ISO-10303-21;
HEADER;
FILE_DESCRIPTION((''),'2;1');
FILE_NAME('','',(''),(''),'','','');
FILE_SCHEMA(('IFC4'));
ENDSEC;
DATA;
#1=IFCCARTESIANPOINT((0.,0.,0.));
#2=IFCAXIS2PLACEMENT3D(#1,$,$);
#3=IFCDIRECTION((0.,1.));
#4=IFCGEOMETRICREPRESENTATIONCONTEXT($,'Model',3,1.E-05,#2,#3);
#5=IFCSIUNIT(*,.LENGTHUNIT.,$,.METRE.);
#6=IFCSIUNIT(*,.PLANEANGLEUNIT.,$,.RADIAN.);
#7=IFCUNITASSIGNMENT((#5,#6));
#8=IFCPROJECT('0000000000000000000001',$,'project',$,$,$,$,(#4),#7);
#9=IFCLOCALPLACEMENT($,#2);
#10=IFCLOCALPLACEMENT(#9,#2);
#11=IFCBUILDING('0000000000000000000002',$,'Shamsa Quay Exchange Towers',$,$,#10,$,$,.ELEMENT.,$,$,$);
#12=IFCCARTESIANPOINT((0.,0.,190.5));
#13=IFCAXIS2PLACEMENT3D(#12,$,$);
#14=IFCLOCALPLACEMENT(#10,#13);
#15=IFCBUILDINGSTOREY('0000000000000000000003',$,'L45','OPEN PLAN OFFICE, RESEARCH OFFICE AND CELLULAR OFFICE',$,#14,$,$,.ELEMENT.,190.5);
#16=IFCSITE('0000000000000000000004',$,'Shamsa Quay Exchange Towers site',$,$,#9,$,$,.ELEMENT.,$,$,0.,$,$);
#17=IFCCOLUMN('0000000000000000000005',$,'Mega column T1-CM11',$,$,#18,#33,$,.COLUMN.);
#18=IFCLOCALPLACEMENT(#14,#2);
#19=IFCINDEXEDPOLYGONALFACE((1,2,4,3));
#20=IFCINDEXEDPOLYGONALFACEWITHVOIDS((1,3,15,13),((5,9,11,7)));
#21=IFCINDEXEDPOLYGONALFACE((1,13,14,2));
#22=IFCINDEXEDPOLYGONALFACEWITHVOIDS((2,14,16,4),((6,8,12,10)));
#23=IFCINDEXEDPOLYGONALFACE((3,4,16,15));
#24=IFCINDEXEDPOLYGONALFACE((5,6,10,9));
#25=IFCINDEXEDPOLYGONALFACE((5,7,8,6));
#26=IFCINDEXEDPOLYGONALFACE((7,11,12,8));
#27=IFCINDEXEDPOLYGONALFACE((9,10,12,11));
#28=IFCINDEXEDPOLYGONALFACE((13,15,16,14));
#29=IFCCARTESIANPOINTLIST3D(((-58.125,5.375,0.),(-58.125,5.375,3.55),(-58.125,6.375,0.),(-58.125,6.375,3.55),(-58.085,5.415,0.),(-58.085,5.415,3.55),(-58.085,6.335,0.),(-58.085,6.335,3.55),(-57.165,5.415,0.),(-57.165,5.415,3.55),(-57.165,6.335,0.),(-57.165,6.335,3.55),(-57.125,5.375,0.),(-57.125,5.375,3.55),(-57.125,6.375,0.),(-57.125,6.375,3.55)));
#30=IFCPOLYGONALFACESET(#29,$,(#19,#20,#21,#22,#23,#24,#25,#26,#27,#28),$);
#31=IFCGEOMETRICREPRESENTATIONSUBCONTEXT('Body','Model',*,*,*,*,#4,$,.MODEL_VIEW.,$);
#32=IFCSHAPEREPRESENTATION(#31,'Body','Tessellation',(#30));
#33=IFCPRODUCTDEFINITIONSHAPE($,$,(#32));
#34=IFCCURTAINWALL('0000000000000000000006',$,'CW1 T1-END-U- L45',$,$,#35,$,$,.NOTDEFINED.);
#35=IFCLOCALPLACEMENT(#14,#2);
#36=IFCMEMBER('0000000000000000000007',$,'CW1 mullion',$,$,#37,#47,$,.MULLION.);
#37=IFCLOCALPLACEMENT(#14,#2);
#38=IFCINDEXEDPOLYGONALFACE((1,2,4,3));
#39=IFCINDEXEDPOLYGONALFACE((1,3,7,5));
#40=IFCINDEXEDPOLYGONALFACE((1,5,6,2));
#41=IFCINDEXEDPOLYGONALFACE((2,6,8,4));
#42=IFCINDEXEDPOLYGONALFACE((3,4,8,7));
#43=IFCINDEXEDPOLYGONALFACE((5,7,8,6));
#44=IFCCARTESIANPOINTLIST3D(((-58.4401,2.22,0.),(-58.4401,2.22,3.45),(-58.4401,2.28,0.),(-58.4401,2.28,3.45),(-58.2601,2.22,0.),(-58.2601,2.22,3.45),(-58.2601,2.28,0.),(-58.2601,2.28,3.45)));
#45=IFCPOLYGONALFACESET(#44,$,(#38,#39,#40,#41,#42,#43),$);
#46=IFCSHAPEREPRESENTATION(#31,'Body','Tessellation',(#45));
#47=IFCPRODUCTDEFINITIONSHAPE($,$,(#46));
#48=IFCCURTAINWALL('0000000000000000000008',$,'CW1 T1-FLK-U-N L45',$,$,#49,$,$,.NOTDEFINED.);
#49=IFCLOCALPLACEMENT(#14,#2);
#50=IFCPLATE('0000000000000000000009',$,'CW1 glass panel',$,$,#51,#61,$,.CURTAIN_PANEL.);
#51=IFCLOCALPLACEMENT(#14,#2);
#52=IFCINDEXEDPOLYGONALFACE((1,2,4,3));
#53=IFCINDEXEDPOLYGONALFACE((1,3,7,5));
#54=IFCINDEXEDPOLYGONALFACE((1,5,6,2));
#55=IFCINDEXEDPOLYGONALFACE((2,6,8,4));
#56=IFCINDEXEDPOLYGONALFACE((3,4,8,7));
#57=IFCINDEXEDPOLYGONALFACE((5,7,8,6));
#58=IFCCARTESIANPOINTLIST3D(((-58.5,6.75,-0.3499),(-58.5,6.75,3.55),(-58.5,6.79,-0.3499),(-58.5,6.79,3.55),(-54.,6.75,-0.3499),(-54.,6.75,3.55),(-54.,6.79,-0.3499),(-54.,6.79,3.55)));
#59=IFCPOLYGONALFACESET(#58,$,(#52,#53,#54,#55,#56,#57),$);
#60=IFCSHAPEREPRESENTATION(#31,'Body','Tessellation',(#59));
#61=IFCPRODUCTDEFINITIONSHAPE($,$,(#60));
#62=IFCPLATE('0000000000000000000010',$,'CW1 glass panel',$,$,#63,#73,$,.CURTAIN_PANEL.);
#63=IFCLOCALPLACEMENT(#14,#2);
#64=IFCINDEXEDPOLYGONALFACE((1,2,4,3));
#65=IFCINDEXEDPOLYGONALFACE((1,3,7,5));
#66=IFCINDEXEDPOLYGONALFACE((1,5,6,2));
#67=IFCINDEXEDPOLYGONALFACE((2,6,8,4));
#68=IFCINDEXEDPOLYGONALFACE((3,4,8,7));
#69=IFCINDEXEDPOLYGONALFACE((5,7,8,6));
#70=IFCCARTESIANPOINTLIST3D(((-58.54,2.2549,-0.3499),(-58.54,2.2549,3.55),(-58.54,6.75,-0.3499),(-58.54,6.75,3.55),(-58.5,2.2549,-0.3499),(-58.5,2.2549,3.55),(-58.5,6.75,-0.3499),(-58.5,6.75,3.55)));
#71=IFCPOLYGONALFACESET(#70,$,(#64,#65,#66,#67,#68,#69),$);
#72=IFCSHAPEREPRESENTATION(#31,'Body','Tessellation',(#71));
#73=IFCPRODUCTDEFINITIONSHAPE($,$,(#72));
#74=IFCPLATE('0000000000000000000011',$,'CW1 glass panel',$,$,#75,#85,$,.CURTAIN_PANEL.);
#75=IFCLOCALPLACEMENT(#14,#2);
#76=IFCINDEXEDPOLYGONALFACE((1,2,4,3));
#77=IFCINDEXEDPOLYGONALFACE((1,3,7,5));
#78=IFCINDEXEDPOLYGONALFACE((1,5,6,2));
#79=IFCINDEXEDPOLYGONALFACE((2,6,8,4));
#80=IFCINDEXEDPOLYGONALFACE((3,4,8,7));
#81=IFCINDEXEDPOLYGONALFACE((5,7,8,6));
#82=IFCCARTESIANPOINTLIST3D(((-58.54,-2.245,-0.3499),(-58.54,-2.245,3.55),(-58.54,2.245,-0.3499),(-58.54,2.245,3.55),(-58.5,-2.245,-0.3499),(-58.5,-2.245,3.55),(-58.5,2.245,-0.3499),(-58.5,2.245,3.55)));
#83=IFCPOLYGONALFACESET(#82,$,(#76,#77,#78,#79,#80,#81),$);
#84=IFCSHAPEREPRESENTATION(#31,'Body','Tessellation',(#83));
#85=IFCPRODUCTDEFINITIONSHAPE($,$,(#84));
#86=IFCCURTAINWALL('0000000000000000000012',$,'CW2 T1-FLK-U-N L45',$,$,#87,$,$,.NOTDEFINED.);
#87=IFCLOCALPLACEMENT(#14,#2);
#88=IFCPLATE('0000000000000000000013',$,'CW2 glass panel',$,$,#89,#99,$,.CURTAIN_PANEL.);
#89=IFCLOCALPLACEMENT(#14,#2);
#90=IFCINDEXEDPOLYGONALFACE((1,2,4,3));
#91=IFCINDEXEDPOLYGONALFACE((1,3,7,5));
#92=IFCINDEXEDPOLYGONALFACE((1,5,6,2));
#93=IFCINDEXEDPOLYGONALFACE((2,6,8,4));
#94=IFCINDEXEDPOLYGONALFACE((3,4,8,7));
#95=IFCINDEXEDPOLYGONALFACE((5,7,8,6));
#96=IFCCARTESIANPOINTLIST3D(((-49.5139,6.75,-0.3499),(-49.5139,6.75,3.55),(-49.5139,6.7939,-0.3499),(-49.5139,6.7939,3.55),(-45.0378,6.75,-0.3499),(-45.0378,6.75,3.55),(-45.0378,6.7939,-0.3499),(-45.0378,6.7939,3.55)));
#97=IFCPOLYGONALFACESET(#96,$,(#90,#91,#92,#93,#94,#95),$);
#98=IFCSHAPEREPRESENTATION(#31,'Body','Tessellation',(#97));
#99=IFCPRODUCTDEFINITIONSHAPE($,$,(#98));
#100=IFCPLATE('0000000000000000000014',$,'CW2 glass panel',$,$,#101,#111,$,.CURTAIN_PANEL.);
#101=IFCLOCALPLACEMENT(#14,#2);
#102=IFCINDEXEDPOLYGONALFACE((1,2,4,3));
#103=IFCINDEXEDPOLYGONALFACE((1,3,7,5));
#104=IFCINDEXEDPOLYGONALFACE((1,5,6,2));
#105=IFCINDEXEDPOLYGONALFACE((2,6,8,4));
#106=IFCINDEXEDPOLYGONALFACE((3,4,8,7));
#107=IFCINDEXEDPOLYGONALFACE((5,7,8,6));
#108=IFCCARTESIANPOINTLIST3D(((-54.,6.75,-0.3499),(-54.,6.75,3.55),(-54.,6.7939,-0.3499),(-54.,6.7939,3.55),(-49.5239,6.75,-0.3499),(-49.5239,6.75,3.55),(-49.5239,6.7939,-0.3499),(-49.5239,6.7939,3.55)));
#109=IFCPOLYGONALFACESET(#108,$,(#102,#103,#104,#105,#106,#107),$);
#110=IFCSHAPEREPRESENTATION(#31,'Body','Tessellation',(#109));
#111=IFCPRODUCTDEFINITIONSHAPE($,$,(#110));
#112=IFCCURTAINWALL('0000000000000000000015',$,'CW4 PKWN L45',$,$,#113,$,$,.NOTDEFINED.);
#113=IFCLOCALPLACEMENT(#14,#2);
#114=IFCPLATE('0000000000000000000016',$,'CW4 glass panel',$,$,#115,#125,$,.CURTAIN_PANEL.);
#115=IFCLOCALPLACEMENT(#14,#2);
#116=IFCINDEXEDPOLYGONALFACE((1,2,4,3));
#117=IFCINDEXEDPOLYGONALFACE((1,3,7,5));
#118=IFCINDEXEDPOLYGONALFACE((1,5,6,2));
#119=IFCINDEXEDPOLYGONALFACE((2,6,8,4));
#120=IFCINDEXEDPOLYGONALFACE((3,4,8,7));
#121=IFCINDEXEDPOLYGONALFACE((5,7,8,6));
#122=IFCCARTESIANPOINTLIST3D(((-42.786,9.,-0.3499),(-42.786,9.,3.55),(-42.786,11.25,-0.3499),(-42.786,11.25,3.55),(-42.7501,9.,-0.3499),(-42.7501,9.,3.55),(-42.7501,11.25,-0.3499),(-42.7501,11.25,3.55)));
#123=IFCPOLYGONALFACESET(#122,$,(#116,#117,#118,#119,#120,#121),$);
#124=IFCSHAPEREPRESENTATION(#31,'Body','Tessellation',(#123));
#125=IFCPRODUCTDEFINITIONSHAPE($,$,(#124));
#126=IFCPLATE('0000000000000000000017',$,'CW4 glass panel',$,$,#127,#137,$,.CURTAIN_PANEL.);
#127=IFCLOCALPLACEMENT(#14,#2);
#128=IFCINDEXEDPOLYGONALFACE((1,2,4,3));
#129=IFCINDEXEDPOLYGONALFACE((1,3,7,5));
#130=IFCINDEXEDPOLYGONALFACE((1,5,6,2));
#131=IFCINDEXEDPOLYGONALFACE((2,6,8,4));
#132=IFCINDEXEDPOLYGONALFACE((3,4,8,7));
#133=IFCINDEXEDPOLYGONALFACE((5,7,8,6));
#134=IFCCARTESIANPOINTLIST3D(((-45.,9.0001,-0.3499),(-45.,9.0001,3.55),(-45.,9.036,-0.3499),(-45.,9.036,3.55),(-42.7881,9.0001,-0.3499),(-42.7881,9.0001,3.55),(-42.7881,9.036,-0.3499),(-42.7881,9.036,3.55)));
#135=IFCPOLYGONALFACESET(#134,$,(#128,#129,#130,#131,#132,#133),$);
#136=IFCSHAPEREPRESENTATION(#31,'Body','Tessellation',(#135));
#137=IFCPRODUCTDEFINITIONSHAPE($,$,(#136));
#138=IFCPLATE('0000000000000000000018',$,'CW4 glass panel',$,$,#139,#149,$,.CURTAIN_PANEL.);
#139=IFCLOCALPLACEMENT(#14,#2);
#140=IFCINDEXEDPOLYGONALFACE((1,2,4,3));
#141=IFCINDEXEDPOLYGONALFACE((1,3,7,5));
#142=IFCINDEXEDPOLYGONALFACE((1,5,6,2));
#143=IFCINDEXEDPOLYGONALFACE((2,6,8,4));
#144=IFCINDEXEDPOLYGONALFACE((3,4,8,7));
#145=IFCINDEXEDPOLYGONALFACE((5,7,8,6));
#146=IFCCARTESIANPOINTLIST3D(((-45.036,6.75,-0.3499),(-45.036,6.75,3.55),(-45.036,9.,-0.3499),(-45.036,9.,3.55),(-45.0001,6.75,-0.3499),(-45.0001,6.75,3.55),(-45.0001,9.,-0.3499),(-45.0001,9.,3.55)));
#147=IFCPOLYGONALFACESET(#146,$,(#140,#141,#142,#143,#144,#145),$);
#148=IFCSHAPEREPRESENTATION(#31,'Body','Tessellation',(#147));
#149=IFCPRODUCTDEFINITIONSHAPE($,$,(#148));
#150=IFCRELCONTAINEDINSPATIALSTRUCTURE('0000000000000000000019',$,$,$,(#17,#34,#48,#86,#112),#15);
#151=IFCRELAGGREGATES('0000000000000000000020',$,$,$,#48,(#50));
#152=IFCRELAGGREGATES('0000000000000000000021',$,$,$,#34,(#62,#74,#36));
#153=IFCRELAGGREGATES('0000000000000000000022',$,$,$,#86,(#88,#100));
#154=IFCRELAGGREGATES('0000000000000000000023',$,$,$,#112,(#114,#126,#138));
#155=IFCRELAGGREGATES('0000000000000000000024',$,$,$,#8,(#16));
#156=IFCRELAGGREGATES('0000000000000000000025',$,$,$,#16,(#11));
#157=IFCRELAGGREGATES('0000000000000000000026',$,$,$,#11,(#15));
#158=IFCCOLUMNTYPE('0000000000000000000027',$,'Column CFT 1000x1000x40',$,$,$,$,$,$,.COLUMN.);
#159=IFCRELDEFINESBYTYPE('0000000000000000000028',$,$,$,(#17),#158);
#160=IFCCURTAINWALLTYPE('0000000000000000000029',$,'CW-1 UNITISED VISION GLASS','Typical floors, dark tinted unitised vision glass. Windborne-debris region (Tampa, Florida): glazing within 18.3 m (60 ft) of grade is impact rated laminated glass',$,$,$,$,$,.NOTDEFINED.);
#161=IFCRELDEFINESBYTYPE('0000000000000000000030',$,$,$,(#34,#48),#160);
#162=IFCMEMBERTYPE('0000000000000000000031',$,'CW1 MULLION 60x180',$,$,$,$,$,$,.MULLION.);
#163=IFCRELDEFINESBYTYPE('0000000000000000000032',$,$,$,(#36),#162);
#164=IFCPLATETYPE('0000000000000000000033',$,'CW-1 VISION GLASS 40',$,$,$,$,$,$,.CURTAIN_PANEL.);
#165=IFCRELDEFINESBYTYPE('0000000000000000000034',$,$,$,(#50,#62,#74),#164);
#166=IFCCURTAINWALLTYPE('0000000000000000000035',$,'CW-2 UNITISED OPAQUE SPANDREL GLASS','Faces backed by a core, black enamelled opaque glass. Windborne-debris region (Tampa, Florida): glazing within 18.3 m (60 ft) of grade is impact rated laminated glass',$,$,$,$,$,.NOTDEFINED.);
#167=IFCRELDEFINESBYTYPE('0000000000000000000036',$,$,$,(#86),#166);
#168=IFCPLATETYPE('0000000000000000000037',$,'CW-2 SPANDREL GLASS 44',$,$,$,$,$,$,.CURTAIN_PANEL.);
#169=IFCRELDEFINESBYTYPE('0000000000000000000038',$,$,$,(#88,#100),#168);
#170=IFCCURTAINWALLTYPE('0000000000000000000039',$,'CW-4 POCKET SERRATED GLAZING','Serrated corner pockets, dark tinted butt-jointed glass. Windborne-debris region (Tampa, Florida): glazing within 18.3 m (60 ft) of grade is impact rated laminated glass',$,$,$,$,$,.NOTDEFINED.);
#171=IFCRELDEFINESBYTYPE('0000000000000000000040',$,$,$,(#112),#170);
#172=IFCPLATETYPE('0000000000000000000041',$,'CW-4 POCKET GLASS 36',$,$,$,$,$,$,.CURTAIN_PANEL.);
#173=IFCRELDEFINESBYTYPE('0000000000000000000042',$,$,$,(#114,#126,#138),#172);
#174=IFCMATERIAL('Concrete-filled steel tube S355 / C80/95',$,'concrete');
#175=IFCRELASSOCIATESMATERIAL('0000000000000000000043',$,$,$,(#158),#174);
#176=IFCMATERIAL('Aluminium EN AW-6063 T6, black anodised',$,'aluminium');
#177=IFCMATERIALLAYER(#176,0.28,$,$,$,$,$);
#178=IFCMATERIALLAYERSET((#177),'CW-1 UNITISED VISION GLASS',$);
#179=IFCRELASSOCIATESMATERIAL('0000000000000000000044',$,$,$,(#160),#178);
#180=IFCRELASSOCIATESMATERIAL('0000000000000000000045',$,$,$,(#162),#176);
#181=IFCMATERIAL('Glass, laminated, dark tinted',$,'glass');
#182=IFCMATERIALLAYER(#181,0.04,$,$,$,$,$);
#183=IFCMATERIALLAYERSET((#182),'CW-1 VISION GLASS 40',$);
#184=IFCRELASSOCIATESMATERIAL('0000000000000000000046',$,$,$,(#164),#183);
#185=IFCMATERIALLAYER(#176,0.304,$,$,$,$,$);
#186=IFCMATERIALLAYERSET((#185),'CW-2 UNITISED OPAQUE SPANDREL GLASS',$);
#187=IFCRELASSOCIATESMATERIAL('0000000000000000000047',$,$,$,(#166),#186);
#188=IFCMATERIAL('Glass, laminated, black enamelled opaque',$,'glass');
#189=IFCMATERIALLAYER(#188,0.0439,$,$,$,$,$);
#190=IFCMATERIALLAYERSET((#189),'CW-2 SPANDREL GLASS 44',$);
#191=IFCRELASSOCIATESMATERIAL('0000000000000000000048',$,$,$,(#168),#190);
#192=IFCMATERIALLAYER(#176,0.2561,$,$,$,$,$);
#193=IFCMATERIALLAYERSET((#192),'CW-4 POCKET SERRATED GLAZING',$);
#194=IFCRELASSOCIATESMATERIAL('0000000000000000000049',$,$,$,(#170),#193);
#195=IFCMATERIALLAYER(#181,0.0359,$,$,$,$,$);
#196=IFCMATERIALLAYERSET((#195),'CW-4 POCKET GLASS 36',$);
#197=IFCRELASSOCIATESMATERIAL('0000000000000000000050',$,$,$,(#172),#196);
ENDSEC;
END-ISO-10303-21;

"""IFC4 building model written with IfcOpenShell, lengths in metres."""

from ifc_helpers import new_model, si_unit, direction, frame, origin, origin_2d, place, context, subcontext, project, spatial, rectangle, hollow_rectangle, extrude, material, layer, layer_set, material_profile, profile_set, type_object, element, aggregate, save


model = new_model("IFC4")

# Units and contexts
model_context = context("Model", 3, precision=1e-05, world=origin(), true_north=direction((0.0, 1.0)))
body_context = subcontext(model_context, "Body", "Model", "MODEL_VIEW")
ifc_project = project(units=[si_unit("LENGTHUNIT", "METRE"), si_unit("PLANEANGLEUNIT", "RADIAN")], contexts=[model_context])

# Site, building, storey
site_placement = place(None, origin())
site = spatial("IfcSite", under=ifc_project, at=site_placement, Name="Shamsa Quay Exchange Towers site", CompositionType="ELEMENT", RefElevation=0.0)
building_placement = place(site_placement, origin())
building = spatial("IfcBuilding", under=site, at=building_placement, Name="Shamsa Quay Exchange Towers", CompositionType="ELEMENT")
storey_placement = place(building_placement, frame((0.0, 0.0, 190.5)))
storey = spatial("IfcBuildingStorey", under=building, at=storey_placement, Name="L45", Description="OPEN PLAN OFFICE, RESEARCH OFFICE AND CELLULAR OFFICE", CompositionType="ELEMENT", Elevation=190.5)

# Column
ifc_material_1 = material(Name="Concrete-filled steel tube S355 / C80/95", Category="concrete")
ifc_material_profile_1 = material_profile(ifc_material_1, hollow_rectangle(XDim=1.0, YDim=1.0, WallThickness=0.04, at=origin_2d()), Name="CFT 1000x1000x40")
ifc_profile_set_1 = profile_set([ifc_material_profile_1], Name="Concrete-filled steel tube S355 / C80/95")
column_type = type_object("IfcColumnType", Name="Column CFT 1000x1000x40", PredefinedType="COLUMN", material=ifc_profile_set_1)
column_placement = place(storey_placement, frame((-57.625, 5.875, 0.0)))
element("IfcColumn", 1, at=column_placement, inside=storey, type_object=column_type, Name="Mega column T1-CM11", PredefinedType="COLUMN", context=body_context, shape_type="SweptSolid", body=[
    extrude(hollow_rectangle(XDim=1.0, YDim=1.0, WallThickness=0.04, at=origin_2d()), origin(), (0.0, 0.0, 1.0), 3.55),
])

# Curtain wall, member
ifc_material_2 = material(Name="Aluminium EN AW-6063 T6, black anodised", Category="aluminium")
ifc_layer_1 = layer(ifc_material_2, 0.28)
ifc_layer_set_1 = layer_set([ifc_layer_1], Name="CW-1 UNITISED VISION GLASS")
curtain_wall_type_1 = type_object("IfcCurtainWallType", Name="CW-1 UNITISED VISION GLASS", Description="Typical floors, dark tinted unitised vision glass. Windborne-debris region (Tampa, Florida): glazing within 18.3 m (60 ft) of grade is impact rated laminated glass", PredefinedType="NOTDEFINED", material=ifc_layer_set_1)
curtain_wall_1_placement = place(storey_placement, origin())
curtain_wall_1 = element("IfcCurtainWall", 2, at=curtain_wall_1_placement, inside=storey, type_object=curtain_wall_type_1, Name="CW1 T1-END-U- L45", PredefinedType="NOTDEFINED")
ifc_material_profile_2 = material_profile(ifc_material_2, rectangle(XDim=0.1799, YDim=0.0601, at=origin_2d()), Name="MU60x180")
ifc_profile_set_2 = profile_set([ifc_material_profile_2], Name="Aluminium EN AW-6063 T6, black anodised")
member_type = type_object("IfcMemberType", Name="CW1 MULLION 60x180", PredefinedType="MULLION", material=ifc_profile_set_2)
member_placement = place(storey_placement, frame((-58.3501, 2.25, 0.0)))
member = element("IfcMember", 3, at=member_placement, type_object=member_type, Name="CW1 mullion", PredefinedType="MULLION", context=body_context, shape_type="SweptSolid", body=[
    extrude(rectangle(XDim=0.1799, YDim=0.0601, at=origin_2d()), origin(), (0.0, 0.0, 1.0), 3.45),
])

# Curtain wall, plate
curtain_wall_2_placement = place(storey_placement, origin())
curtain_wall_2 = element("IfcCurtainWall", 4, at=curtain_wall_2_placement, inside=storey, type_object=curtain_wall_type_1, Name="CW1 T1-FLK-U-N L45", PredefinedType="NOTDEFINED")
ifc_material_3 = material(Name="Glass, laminated, dark tinted", Category="glass")
ifc_layer_2 = layer(ifc_material_3, 0.04)
ifc_layer_set_2 = layer_set([ifc_layer_2], Name="CW-1 VISION GLASS 40")
plate_type_1 = type_object("IfcPlateType", Name="CW-1 VISION GLASS 40", PredefinedType="CURTAIN_PANEL", material=ifc_layer_set_2)
plate_1_placement = place(storey_placement, frame((-56.25, 6.77, -0.3499), z_axis=(0.0, 0.0, 1.0), x_axis=(-1.0, 0.0, 0.0)))
plate_1 = element("IfcPlate", 5, at=plate_1_placement, type_object=plate_type_1, Name="CW1 glass panel", PredefinedType="CURTAIN_PANEL", context=body_context, shape_type="SweptSolid", body=[
    extrude(rectangle(XDim=4.5, YDim=0.04, at=origin_2d()), origin(), (0.0, 0.0, 1.0), 3.8999),
])
aggregate(curtain_wall_2, [plate_1])

# Plates
plate_2_placement = place(storey_placement, frame((-58.52, 4.5024, -0.3499), z_axis=(0.0, 0.0, 1.0), x_axis=(0.0, -1.0, 0.0)))
plate_2 = element("IfcPlate", 6, at=plate_2_placement, type_object=plate_type_1, Name="CW1 glass panel", PredefinedType="CURTAIN_PANEL", context=body_context, shape_type="SweptSolid", body=[
    extrude(rectangle(XDim=4.4951, YDim=0.04, at=origin_2d()), origin(), (0.0, 0.0, 1.0), 3.8999),
])
plate_3_placement = place(storey_placement, frame((-58.52, 0.0, -0.3499), z_axis=(0.0, 0.0, 1.0), x_axis=(0.0, -1.0, 0.0)))
plate_3 = element("IfcPlate", 7, at=plate_3_placement, type_object=plate_type_1, Name="CW1 glass panel", PredefinedType="CURTAIN_PANEL", context=body_context, shape_type="SweptSolid", body=[
    extrude(rectangle(XDim=4.49, YDim=0.04, at=origin_2d()), origin(), (0.0, 0.0, 1.0), 3.8999),
])
aggregate(curtain_wall_1, [plate_2, plate_3, member])

# Curtain walls, plates
ifc_layer_3 = layer(ifc_material_2, 0.304)
ifc_layer_set_3 = layer_set([ifc_layer_3], Name="CW-2 UNITISED OPAQUE SPANDREL GLASS")
curtain_wall_type_2 = type_object("IfcCurtainWallType", Name="CW-2 UNITISED OPAQUE SPANDREL GLASS", Description="Faces backed by a core, black enamelled opaque glass. Windborne-debris region (Tampa, Florida): glazing within 18.3 m (60 ft) of grade is impact rated laminated glass", PredefinedType="NOTDEFINED", material=ifc_layer_set_3)
curtain_wall_3_placement = place(storey_placement, origin())
curtain_wall_3 = element("IfcCurtainWall", 8, at=curtain_wall_3_placement, inside=storey, type_object=curtain_wall_type_2, Name="CW2 T1-FLK-U-N L45", PredefinedType="NOTDEFINED")
ifc_material_4 = material(Name="Glass, laminated, black enamelled opaque", Category="glass")
ifc_layer_4 = layer(ifc_material_4, 0.0439)
ifc_layer_set_4 = layer_set([ifc_layer_4], Name="CW-2 SPANDREL GLASS 44")
plate_type_2 = type_object("IfcPlateType", Name="CW-2 SPANDREL GLASS 44", PredefinedType="CURTAIN_PANEL", material=ifc_layer_set_4)
plate_4_placement = place(storey_placement, frame((-47.2759, 6.772, -0.3499), z_axis=(0.0, 0.0, 1.0), x_axis=(-1.0, 0.0, 0.0)))
plate_4 = element("IfcPlate", 9, at=plate_4_placement, type_object=plate_type_2, Name="CW2 glass panel", PredefinedType="CURTAIN_PANEL", context=body_context, shape_type="SweptSolid", body=[
    extrude(rectangle(XDim=4.4761, YDim=0.0439, at=origin_2d()), origin(), (0.0, 0.0, 1.0), 3.8999),
])
plate_5_placement = place(storey_placement, frame((-51.762, 6.772, -0.3499), z_axis=(0.0, 0.0, 1.0), x_axis=(-1.0, 0.0, 0.0)))
plate_5 = element("IfcPlate", 10, at=plate_5_placement, type_object=plate_type_2, Name="CW2 glass panel", PredefinedType="CURTAIN_PANEL", context=body_context, shape_type="SweptSolid", body=[
    extrude(rectangle(XDim=4.4761, YDim=0.0439, at=origin_2d()), origin(), (0.0, 0.0, 1.0), 3.8999),
])
aggregate(curtain_wall_3, [plate_4, plate_5])
ifc_layer_5 = layer(ifc_material_2, 0.2561)
ifc_layer_set_5 = layer_set([ifc_layer_5], Name="CW-4 POCKET SERRATED GLAZING")
curtain_wall_type_3 = type_object("IfcCurtainWallType", Name="CW-4 POCKET SERRATED GLAZING", Description="Serrated corner pockets, dark tinted butt-jointed glass. Windborne-debris region (Tampa, Florida): glazing within 18.3 m (60 ft) of grade is impact rated laminated glass", PredefinedType="NOTDEFINED", material=ifc_layer_set_5)
curtain_wall_4_placement = place(storey_placement, origin())
curtain_wall_4 = element("IfcCurtainWall", 11, at=curtain_wall_4_placement, inside=storey, type_object=curtain_wall_type_3, Name="CW4 PKWN L45", PredefinedType="NOTDEFINED")
ifc_layer_6 = layer(ifc_material_3, 0.0359)
ifc_layer_set_6 = layer_set([ifc_layer_6], Name="CW-4 POCKET GLASS 36")
plate_type_3 = type_object("IfcPlateType", Name="CW-4 POCKET GLASS 36", PredefinedType="CURTAIN_PANEL", material=ifc_layer_set_6)
plate_6_placement = place(storey_placement, frame((-42.7681, 10.125, -0.3499), z_axis=(0.0, 0.0, 1.0), x_axis=(0.0, -1.0, 0.0)))
plate_6 = element("IfcPlate", 12, at=plate_6_placement, type_object=plate_type_3, Name="CW4 glass panel", PredefinedType="CURTAIN_PANEL", context=body_context, shape_type="SweptSolid", body=[
    extrude(rectangle(XDim=2.25, YDim=0.0359, at=origin_2d()), origin(), (0.0, 0.0, 1.0), 3.8999),
])
plate_7_placement = place(storey_placement, frame((-43.894, 9.0181, -0.3499), z_axis=(0.0, 0.0, 1.0), x_axis=(-1.0, 0.0, 0.0)))
plate_7 = element("IfcPlate", 13, at=plate_7_placement, type_object=plate_type_3, Name="CW4 glass panel", PredefinedType="CURTAIN_PANEL", context=body_context, shape_type="SweptSolid", body=[
    extrude(rectangle(XDim=2.2119, YDim=0.0359, at=origin_2d()), origin(), (0.0, 0.0, 1.0), 3.8999),
])
plate_8_placement = place(storey_placement, frame((-45.0181, 7.875, -0.3499), z_axis=(0.0, 0.0, 1.0), x_axis=(0.0, -1.0, 0.0)))
plate_8 = element("IfcPlate", 14, at=plate_8_placement, type_object=plate_type_3, Name="CW4 glass panel", PredefinedType="CURTAIN_PANEL", context=body_context, shape_type="SweptSolid", body=[
    extrude(rectangle(XDim=2.25, YDim=0.0359, at=origin_2d()), origin(), (0.0, 0.0, 1.0), 3.8999),
])
aggregate(curtain_wall_4, [plate_6, plate_7, plate_8])

save(model, "model.ifc")
